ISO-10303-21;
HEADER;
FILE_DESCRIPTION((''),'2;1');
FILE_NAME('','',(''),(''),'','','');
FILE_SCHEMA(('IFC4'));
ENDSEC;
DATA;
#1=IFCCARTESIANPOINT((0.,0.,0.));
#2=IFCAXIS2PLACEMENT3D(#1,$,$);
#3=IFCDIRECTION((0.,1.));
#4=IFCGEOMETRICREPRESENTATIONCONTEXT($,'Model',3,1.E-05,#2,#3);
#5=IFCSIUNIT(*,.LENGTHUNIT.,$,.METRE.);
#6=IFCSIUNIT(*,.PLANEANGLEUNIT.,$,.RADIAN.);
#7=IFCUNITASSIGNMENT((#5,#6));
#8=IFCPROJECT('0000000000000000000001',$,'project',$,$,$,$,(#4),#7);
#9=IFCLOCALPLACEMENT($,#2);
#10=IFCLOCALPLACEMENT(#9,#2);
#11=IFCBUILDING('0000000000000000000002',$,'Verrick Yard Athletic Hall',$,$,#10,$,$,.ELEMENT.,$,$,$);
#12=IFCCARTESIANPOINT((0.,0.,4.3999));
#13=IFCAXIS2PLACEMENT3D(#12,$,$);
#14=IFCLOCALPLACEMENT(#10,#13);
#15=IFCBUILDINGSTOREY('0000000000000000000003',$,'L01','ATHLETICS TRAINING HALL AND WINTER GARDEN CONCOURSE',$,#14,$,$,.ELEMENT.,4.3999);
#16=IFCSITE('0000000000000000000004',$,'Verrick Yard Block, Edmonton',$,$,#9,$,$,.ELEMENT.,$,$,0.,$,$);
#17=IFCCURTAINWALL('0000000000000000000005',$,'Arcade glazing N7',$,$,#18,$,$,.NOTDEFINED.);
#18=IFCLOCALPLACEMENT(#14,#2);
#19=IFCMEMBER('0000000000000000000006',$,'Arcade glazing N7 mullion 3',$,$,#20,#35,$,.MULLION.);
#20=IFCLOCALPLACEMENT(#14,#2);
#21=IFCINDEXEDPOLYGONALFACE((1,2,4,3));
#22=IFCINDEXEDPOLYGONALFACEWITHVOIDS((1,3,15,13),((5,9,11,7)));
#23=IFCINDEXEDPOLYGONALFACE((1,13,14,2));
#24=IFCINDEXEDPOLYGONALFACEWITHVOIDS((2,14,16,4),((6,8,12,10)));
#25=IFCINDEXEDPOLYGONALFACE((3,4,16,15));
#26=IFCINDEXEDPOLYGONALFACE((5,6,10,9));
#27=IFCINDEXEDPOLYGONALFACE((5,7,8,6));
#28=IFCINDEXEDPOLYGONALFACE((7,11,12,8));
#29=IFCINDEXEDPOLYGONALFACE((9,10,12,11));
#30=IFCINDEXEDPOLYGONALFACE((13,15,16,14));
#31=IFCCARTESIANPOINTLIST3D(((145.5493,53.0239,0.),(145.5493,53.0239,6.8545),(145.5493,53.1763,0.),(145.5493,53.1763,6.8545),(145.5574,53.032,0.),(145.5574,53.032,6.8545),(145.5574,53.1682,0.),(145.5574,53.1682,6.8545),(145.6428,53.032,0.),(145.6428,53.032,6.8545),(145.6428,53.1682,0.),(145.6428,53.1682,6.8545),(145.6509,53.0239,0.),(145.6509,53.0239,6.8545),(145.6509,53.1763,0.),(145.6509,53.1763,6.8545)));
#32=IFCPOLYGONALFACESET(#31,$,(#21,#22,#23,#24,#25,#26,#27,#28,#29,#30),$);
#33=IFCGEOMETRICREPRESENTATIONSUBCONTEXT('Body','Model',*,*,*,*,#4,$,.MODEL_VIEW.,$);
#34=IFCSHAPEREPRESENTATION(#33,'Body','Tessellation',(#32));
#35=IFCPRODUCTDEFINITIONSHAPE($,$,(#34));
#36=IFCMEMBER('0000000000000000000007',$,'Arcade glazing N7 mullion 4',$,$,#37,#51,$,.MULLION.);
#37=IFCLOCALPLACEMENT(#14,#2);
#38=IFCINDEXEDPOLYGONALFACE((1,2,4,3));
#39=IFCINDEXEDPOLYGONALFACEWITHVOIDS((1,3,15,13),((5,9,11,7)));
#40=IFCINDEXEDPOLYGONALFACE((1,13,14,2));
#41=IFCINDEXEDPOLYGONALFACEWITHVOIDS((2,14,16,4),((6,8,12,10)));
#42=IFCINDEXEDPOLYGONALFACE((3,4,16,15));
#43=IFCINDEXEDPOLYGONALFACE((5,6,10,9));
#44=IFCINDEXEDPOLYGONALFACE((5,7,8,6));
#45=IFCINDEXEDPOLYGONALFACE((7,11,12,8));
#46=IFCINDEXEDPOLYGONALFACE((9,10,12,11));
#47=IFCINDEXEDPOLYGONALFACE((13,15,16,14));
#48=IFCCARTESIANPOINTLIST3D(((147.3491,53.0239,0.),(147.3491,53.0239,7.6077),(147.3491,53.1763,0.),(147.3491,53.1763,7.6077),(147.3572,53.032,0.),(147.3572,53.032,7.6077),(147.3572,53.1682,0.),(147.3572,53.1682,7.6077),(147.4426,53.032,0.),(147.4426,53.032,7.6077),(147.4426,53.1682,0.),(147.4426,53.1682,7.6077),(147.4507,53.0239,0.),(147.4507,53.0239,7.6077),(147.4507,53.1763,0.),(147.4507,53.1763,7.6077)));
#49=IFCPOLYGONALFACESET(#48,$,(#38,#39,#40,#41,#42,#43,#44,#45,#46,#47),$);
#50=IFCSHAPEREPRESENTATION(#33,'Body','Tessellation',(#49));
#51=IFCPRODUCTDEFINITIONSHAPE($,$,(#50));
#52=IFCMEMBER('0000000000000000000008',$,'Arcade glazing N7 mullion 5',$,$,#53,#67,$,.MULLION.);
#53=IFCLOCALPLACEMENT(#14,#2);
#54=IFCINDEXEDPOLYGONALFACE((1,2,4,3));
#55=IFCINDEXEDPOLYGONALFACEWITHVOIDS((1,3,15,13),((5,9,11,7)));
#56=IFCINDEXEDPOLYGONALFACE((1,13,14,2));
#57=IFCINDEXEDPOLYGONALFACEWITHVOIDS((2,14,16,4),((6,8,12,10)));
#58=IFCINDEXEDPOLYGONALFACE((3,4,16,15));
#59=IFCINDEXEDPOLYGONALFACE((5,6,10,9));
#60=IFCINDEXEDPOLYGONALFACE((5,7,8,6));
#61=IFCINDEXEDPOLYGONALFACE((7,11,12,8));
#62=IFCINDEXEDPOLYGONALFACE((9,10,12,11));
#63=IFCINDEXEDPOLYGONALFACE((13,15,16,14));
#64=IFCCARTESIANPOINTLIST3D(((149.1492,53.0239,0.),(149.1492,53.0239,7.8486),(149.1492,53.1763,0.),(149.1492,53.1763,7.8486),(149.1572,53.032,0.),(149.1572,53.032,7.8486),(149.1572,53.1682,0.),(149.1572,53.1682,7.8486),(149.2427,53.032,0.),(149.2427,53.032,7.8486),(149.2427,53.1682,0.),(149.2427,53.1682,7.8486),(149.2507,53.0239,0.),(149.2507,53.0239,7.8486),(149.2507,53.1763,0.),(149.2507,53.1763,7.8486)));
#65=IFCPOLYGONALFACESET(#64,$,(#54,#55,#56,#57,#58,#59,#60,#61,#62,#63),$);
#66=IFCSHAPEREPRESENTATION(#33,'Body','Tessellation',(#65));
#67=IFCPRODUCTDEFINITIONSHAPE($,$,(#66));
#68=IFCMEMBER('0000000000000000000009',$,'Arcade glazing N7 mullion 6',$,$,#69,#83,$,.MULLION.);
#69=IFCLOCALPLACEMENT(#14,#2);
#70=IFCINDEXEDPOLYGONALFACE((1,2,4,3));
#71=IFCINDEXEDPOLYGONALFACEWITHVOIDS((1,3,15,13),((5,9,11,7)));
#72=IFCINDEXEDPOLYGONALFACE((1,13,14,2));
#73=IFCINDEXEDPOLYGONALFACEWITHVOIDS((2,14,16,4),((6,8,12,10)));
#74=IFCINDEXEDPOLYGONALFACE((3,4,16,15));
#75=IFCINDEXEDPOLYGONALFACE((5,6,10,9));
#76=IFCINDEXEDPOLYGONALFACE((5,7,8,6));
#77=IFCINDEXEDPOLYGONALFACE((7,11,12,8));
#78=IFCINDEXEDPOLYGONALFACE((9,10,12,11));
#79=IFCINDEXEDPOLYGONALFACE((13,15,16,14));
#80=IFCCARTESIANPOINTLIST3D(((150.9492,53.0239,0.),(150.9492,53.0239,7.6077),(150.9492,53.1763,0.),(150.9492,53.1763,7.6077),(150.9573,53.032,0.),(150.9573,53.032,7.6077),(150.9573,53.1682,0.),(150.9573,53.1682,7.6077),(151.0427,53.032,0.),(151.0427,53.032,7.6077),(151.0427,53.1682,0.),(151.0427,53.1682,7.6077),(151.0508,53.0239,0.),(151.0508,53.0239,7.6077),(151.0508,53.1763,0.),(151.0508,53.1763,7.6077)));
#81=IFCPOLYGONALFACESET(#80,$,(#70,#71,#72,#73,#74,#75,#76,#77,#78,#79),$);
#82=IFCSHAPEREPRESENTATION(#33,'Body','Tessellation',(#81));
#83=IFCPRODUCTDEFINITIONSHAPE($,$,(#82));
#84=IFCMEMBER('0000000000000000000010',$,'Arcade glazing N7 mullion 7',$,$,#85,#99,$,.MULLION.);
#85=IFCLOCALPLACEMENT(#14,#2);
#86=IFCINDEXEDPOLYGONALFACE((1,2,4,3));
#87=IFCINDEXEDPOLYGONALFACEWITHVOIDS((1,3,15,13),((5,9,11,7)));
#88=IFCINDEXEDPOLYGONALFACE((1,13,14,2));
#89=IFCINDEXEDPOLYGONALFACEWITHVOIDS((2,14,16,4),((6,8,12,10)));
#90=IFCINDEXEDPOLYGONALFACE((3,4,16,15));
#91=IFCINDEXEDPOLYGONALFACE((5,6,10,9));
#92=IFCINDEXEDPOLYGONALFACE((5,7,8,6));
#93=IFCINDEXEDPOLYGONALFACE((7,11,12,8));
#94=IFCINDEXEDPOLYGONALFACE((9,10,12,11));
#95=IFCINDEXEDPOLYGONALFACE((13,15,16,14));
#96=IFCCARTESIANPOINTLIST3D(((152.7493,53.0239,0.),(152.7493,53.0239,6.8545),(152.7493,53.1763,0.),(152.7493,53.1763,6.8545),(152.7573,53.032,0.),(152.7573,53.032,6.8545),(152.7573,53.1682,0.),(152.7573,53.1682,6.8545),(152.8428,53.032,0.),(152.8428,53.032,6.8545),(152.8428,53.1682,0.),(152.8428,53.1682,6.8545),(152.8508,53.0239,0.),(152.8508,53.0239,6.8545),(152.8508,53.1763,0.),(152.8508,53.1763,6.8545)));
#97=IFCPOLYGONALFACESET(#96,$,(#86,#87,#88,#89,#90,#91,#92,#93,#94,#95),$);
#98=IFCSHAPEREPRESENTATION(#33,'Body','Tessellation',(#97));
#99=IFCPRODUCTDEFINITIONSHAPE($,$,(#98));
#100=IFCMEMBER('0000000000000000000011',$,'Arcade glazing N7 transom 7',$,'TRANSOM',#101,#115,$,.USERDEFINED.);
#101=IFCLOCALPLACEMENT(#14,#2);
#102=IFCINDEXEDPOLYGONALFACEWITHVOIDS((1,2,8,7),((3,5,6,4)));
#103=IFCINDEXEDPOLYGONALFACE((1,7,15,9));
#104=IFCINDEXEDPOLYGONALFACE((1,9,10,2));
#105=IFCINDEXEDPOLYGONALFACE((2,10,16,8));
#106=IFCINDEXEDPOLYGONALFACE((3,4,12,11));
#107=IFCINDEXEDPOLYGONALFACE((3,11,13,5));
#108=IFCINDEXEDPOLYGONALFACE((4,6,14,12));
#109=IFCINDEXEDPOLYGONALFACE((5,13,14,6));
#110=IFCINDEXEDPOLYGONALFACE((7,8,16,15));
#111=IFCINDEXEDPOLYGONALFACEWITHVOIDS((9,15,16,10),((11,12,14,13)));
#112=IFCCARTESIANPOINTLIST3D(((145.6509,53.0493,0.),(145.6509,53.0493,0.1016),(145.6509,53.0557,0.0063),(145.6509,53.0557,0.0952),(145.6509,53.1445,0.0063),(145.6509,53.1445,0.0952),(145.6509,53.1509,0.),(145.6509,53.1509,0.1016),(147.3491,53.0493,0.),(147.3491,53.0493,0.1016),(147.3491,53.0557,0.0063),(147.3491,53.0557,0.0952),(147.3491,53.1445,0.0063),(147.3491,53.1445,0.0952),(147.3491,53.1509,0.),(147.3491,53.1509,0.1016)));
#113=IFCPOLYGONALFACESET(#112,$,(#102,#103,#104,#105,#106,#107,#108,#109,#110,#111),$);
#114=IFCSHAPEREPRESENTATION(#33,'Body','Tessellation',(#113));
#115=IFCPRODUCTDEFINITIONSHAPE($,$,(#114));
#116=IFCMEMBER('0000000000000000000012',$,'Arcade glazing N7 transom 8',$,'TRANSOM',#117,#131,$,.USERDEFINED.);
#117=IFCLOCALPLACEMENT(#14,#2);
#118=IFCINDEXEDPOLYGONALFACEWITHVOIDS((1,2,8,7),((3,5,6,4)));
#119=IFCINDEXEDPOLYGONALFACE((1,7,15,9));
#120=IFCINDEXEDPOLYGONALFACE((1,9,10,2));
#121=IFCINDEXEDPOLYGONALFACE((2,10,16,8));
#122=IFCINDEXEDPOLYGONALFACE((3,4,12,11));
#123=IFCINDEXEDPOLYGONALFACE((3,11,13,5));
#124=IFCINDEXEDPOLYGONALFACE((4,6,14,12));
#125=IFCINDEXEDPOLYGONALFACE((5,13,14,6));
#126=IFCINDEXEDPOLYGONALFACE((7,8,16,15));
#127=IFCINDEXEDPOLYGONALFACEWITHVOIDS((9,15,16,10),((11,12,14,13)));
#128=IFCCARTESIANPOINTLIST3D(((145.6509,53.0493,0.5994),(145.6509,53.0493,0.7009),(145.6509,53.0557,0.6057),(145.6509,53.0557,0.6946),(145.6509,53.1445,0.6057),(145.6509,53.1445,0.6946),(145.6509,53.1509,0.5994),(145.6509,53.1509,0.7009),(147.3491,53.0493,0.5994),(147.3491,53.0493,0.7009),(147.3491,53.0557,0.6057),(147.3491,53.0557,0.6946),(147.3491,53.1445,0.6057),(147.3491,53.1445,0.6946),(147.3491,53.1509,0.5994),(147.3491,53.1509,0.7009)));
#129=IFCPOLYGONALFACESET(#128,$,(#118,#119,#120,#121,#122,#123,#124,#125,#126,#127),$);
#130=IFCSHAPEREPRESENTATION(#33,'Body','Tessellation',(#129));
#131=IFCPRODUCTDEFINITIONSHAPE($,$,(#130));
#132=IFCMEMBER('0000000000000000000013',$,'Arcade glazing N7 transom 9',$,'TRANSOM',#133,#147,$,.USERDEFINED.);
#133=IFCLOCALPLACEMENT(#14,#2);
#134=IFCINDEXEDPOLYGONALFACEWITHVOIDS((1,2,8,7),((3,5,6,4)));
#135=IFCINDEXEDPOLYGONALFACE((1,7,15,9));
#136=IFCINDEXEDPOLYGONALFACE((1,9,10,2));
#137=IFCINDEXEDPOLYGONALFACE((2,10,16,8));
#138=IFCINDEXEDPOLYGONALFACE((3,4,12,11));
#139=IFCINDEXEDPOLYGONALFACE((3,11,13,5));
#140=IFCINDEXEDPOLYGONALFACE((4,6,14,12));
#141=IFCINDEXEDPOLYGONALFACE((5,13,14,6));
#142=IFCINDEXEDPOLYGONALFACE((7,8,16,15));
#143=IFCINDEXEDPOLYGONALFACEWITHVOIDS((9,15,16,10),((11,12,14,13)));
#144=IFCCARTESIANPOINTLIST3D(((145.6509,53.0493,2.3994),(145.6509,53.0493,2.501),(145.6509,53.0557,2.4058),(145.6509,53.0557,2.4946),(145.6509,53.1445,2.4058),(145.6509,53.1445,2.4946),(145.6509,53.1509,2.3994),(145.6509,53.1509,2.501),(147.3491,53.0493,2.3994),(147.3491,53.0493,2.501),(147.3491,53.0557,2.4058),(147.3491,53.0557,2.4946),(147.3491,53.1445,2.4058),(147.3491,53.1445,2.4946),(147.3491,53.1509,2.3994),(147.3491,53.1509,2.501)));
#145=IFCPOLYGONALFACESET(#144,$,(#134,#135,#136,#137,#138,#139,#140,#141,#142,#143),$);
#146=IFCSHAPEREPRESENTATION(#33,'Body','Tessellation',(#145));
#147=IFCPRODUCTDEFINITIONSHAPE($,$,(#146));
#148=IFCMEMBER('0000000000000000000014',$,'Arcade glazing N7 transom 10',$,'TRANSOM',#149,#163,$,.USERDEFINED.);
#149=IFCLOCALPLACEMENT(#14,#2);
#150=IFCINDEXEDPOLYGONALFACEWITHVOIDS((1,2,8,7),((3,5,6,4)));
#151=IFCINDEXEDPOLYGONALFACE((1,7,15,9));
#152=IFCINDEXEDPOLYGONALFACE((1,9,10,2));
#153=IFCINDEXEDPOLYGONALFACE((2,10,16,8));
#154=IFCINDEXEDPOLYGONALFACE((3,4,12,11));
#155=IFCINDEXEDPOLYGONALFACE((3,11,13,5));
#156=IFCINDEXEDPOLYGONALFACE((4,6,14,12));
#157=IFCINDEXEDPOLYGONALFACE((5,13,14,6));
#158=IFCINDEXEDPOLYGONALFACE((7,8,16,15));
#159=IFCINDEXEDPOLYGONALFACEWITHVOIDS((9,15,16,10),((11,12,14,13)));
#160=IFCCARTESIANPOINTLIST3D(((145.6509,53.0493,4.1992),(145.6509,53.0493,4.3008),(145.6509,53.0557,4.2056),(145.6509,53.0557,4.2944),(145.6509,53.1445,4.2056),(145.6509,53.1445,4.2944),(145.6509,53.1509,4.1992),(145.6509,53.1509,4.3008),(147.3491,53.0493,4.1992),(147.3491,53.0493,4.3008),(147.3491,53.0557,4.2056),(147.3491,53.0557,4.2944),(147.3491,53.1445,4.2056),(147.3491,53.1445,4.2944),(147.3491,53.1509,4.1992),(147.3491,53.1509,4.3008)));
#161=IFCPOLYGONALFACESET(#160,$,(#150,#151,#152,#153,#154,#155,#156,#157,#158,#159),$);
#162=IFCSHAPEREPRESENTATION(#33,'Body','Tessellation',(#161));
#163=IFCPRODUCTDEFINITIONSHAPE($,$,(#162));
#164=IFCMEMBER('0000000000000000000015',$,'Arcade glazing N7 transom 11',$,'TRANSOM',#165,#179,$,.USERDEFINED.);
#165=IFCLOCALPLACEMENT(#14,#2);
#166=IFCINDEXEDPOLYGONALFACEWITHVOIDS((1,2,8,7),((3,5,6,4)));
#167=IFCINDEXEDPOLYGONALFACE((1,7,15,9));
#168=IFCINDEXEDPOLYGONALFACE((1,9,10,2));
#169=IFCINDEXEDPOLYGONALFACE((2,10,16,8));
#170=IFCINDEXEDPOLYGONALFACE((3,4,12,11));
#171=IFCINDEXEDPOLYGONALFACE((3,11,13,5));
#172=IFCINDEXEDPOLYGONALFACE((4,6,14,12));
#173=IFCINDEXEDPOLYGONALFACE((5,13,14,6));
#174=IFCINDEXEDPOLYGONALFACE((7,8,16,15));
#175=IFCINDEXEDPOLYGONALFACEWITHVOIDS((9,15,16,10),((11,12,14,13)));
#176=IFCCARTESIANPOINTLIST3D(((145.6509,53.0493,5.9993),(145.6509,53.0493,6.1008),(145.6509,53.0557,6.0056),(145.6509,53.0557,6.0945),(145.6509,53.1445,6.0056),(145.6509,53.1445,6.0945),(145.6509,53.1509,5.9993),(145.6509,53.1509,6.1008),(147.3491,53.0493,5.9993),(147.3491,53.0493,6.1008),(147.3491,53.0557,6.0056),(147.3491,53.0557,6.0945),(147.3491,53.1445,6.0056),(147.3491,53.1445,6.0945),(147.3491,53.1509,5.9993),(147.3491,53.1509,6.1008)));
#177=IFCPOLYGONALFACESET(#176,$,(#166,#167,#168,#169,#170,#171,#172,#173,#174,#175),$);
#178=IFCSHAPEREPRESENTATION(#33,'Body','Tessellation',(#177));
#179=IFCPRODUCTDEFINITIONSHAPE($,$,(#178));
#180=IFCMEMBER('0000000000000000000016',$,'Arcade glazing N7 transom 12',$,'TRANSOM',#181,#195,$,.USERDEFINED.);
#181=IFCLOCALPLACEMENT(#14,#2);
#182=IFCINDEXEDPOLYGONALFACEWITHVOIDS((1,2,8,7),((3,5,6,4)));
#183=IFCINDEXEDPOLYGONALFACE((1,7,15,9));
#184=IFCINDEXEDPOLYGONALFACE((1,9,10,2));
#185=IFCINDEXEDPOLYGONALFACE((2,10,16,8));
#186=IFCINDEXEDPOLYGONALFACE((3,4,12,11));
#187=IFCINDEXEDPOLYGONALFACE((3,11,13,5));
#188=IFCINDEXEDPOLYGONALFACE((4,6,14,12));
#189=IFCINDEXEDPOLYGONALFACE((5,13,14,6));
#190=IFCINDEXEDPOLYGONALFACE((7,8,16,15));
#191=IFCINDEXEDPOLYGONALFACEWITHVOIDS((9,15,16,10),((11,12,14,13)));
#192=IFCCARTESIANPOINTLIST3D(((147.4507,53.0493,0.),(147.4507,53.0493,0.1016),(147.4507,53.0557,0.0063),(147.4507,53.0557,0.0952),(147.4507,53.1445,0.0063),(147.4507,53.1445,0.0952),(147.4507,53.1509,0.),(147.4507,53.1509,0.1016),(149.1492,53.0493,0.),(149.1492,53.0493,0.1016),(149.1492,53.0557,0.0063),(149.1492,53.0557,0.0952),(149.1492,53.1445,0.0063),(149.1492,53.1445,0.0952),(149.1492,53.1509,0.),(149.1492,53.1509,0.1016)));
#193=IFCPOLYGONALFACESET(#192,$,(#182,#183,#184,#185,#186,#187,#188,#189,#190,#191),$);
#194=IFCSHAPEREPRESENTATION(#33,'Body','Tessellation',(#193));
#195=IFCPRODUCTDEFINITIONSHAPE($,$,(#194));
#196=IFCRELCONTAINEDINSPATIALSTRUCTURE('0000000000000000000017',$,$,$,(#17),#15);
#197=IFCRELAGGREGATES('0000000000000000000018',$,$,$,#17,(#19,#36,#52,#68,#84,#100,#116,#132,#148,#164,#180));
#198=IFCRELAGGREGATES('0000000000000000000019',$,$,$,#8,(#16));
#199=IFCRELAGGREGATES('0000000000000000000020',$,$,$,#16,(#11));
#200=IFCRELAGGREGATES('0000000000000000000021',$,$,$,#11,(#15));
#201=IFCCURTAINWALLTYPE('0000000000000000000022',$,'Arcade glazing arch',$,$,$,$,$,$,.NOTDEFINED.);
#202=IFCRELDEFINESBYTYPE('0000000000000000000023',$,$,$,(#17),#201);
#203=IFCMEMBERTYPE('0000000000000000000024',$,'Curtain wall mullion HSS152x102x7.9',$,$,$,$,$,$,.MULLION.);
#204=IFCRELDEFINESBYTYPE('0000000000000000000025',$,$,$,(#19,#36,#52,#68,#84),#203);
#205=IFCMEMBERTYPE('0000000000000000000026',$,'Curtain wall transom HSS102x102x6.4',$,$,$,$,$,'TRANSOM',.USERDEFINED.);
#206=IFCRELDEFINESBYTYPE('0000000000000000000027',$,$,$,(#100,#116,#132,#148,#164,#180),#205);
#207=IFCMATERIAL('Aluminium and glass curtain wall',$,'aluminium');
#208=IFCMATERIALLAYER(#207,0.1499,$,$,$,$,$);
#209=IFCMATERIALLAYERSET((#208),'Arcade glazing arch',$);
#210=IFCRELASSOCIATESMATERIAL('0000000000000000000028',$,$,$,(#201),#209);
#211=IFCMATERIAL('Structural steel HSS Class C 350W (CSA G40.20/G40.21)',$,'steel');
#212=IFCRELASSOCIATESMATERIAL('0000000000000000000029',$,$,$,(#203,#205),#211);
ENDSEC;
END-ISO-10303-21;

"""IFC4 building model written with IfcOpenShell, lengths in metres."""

from ifc_helpers import new_model, si_unit, direction, frame, origin, origin_2d, place, context, subcontext, project, spatial, hollow_rectangle, extrude, material, layer, layer_set, material_profile, profile_set, type_object, element, aggregate, save


model = new_model("IFC4")

# Units and contexts
model_context = context("Model", 3, precision=1e-05, world=origin(), true_north=direction((0.0, 1.0)))
body_context = subcontext(model_context, "Body", "Model", "MODEL_VIEW")
ifc_project = project(units=[si_unit("LENGTHUNIT", "METRE"), si_unit("PLANEANGLEUNIT", "RADIAN")], contexts=[model_context])

# Site, building, storey
site_placement = place(None, origin())
site = spatial("IfcSite", under=ifc_project, at=site_placement, Name="Verrick Yard Block, Edmonton", CompositionType="ELEMENT", RefElevation=0.0)
building_placement = place(site_placement, origin())
building = spatial("IfcBuilding", under=site, at=building_placement, Name="Verrick Yard Athletic Hall", CompositionType="ELEMENT")
storey_placement = place(building_placement, frame((0.0, 0.0, 4.3999)))
storey = spatial("IfcBuildingStorey", under=building, at=storey_placement, Name="L01", Description="ATHLETICS TRAINING HALL AND WINTER GARDEN CONCOURSE", CompositionType="ELEMENT", Elevation=4.3999)

# Curtain wall, members
ifc_material_1 = material(Name="Aluminium and glass curtain wall", Category="aluminium")
ifc_layer_1 = layer(ifc_material_1, 0.1499)
ifc_layer_set_1 = layer_set([ifc_layer_1], Name="Arcade glazing arch")
curtain_wall_type = type_object("IfcCurtainWallType", Name="Arcade glazing arch", PredefinedType="NOTDEFINED", material=ifc_layer_set_1)
curtain_wall_placement = place(storey_placement, origin())
curtain_wall = element("IfcCurtainWall", 1, at=curtain_wall_placement, inside=storey, type_object=curtain_wall_type, Name="Arcade glazing N7", PredefinedType="NOTDEFINED")
ifc_material_2 = material(Name="Structural steel HSS Class C 350W (CSA G40.20/G40.21)", Category="steel")
ifc_material_profile_1 = material_profile(ifc_material_2, hollow_rectangle(XDim=0.1016, YDim=0.1523, WallThickness=0.0081, at=origin_2d()), Name="HSS152x102x7.9")
ifc_profile_set_1 = profile_set([ifc_material_profile_1], Name="Structural steel HSS Class C 350W (CSA G40.20/G40.21)")
member_type_1 = type_object("IfcMemberType", Name="Curtain wall mullion HSS152x102x7.9", PredefinedType="MULLION", material=ifc_profile_set_1)
member_1_placement = place(storey_placement, frame((145.6001, 53.1001, 0.0), z_axis=(0.0, 0.0, 1.0), x_axis=(1.0, 0.0, 0.0)))
member_1 = element("IfcMember", 2, at=member_1_placement, type_object=member_type_1, Name="Arcade glazing N7 mullion 3", PredefinedType="MULLION", context=body_context, shape_type="SweptSolid", body=[
    extrude(hollow_rectangle(XDim=0.1016, YDim=0.1523, WallThickness=0.0081, at=origin_2d()), origin(), (0.0, 0.0, 1.0), 6.8545),
])
member_2_placement = place(storey_placement, frame((147.3999, 53.1001, 0.0), z_axis=(0.0, 0.0, 1.0), x_axis=(1.0, 0.0, 0.0)))
member_2 = element("IfcMember", 3, at=member_2_placement, type_object=member_type_1, Name="Arcade glazing N7 mullion 4", PredefinedType="MULLION", context=body_context, shape_type="SweptSolid", body=[
    extrude(hollow_rectangle(XDim=0.1016, YDim=0.1523, WallThickness=0.0081, at=origin_2d()), origin(), (0.0, 0.0, 1.0), 7.6077),
])
member_3_placement = place(storey_placement, frame((149.2, 53.1001, 0.0), z_axis=(0.0, 0.0, 1.0), x_axis=(1.0, 0.0, 0.0)))
member_3 = element("IfcMember", 4, at=member_3_placement, type_object=member_type_1, Name="Arcade glazing N7 mullion 5", PredefinedType="MULLION", context=body_context, shape_type="SweptSolid", body=[
    extrude(hollow_rectangle(XDim=0.1016, YDim=0.1523, WallThickness=0.0081, at=origin_2d()), origin(), (0.0, 0.0, 1.0), 7.8486),
])
member_4_placement = place(storey_placement, frame((151.0, 53.1001, 0.0), z_axis=(0.0, 0.0, 1.0), x_axis=(1.0, 0.0, 0.0)))
member_4 = element("IfcMember", 5, at=member_4_placement, type_object=member_type_1, Name="Arcade glazing N7 mullion 6", PredefinedType="MULLION", context=body_context, shape_type="SweptSolid", body=[
    extrude(hollow_rectangle(XDim=0.1016, YDim=0.1523, WallThickness=0.0081, at=origin_2d()), origin(), (0.0, 0.0, 1.0), 7.6077),
])
member_5_placement = place(storey_placement, frame((152.8, 53.1001, 0.0), z_axis=(0.0, 0.0, 1.0), x_axis=(1.0, 0.0, 0.0)))
member_5 = element("IfcMember", 6, at=member_5_placement, type_object=member_type_1, Name="Arcade glazing N7 mullion 7", PredefinedType="MULLION", context=body_context, shape_type="SweptSolid", body=[
    extrude(hollow_rectangle(XDim=0.1016, YDim=0.1523, WallThickness=0.0081, at=origin_2d()), origin(), (0.0, 0.0, 1.0), 6.8545),
])
ifc_material_profile_2 = material_profile(ifc_material_2, hollow_rectangle(XDim=0.1016, YDim=0.1016, WallThickness=0.0063, at=origin_2d()), Name="HSS102x102x6.4")
ifc_profile_set_2 = profile_set([ifc_material_profile_2], Name="Structural steel HSS Class C 350W (CSA G40.20/G40.21)")
member_type_2 = type_object("IfcMemberType", Name="Curtain wall transom HSS102x102x6.4", ElementType="TRANSOM", PredefinedType="USERDEFINED", material=ifc_profile_set_2)
member_6_placement = place(storey_placement, frame((145.6509, 53.1001, 0.0508), z_axis=(1.0, 0.0, 0.0), x_axis=(0.0, 1.0, 0.0)))
member_6 = element("IfcMember", 7, at=member_6_placement, type_object=member_type_2, Name="Arcade glazing N7 transom 7", ObjectType="TRANSOM", PredefinedType="USERDEFINED", context=body_context, shape_type="SweptSolid", body=[
    extrude(hollow_rectangle(XDim=0.1016, YDim=0.1016, WallThickness=0.0063, at=origin_2d()), origin(), (0.0, 0.0, 1.0), 1.6982),
])
member_7_placement = place(storey_placement, frame((145.6509, 53.1001, 0.6501), z_axis=(1.0, 0.0, 0.0), x_axis=(0.0, 1.0, 0.0)))
member_7 = element("IfcMember", 8, at=member_7_placement, type_object=member_type_2, Name="Arcade glazing N7 transom 8", ObjectType="TRANSOM", PredefinedType="USERDEFINED", context=body_context, shape_type="SweptSolid", body=[
    extrude(hollow_rectangle(XDim=0.1016, YDim=0.1016, WallThickness=0.0063, at=origin_2d()), origin(), (0.0, 0.0, 1.0), 1.6982),
])
member_8_placement = place(storey_placement, frame((145.6509, 53.1001, 2.4502), z_axis=(1.0, 0.0, 0.0), x_axis=(0.0, 1.0, 0.0)))
member_8 = element("IfcMember", 9, at=member_8_placement, type_object=member_type_2, Name="Arcade glazing N7 transom 9", ObjectType="TRANSOM", PredefinedType="USERDEFINED", context=body_context, shape_type="SweptSolid", body=[
    extrude(hollow_rectangle(XDim=0.1016, YDim=0.1016, WallThickness=0.0063, at=origin_2d()), origin(), (0.0, 0.0, 1.0), 1.6982),
])
member_9_placement = place(storey_placement, frame((145.6509, 53.1001, 4.25), z_axis=(1.0, 0.0, 0.0), x_axis=(0.0, 1.0, 0.0)))
member_9 = element("IfcMember", 10, at=member_9_placement, type_object=member_type_2, Name="Arcade glazing N7 transom 10", ObjectType="TRANSOM", PredefinedType="USERDEFINED", context=body_context, shape_type="SweptSolid", body=[
    extrude(hollow_rectangle(XDim=0.1016, YDim=0.1016, WallThickness=0.0063, at=origin_2d()), origin(), (0.0, 0.0, 1.0), 1.6982),
])
member_10_placement = place(storey_placement, frame((145.6509, 53.1001, 6.05), z_axis=(1.0, 0.0, 0.0), x_axis=(0.0, 1.0, 0.0)))
member_10 = element("IfcMember", 11, at=member_10_placement, type_object=member_type_2, Name="Arcade glazing N7 transom 11", ObjectType="TRANSOM", PredefinedType="USERDEFINED", context=body_context, shape_type="SweptSolid", body=[
    extrude(hollow_rectangle(XDim=0.1016, YDim=0.1016, WallThickness=0.0063, at=origin_2d()), origin(), (0.0, 0.0, 1.0), 1.6982),
])
member_11_placement = place(storey_placement, frame((147.4507, 53.1001, 0.0508), z_axis=(1.0, 0.0, 0.0), x_axis=(0.0, 1.0, 0.0)))
member_11 = element("IfcMember", 12, at=member_11_placement, type_object=member_type_2, Name="Arcade glazing N7 transom 12", ObjectType="TRANSOM", PredefinedType="USERDEFINED", context=body_context, shape_type="SweptSolid", body=[
    extrude(hollow_rectangle(XDim=0.1016, YDim=0.1016, WallThickness=0.0063, at=origin_2d()), origin(), (0.0, 0.0, 1.0), 1.6985),
])
aggregate(curtain_wall, [member_1, member_2, member_3, member_4, member_5, member_6, member_7, member_8, member_9, member_10, member_11])

save(model, "model.ifc")
